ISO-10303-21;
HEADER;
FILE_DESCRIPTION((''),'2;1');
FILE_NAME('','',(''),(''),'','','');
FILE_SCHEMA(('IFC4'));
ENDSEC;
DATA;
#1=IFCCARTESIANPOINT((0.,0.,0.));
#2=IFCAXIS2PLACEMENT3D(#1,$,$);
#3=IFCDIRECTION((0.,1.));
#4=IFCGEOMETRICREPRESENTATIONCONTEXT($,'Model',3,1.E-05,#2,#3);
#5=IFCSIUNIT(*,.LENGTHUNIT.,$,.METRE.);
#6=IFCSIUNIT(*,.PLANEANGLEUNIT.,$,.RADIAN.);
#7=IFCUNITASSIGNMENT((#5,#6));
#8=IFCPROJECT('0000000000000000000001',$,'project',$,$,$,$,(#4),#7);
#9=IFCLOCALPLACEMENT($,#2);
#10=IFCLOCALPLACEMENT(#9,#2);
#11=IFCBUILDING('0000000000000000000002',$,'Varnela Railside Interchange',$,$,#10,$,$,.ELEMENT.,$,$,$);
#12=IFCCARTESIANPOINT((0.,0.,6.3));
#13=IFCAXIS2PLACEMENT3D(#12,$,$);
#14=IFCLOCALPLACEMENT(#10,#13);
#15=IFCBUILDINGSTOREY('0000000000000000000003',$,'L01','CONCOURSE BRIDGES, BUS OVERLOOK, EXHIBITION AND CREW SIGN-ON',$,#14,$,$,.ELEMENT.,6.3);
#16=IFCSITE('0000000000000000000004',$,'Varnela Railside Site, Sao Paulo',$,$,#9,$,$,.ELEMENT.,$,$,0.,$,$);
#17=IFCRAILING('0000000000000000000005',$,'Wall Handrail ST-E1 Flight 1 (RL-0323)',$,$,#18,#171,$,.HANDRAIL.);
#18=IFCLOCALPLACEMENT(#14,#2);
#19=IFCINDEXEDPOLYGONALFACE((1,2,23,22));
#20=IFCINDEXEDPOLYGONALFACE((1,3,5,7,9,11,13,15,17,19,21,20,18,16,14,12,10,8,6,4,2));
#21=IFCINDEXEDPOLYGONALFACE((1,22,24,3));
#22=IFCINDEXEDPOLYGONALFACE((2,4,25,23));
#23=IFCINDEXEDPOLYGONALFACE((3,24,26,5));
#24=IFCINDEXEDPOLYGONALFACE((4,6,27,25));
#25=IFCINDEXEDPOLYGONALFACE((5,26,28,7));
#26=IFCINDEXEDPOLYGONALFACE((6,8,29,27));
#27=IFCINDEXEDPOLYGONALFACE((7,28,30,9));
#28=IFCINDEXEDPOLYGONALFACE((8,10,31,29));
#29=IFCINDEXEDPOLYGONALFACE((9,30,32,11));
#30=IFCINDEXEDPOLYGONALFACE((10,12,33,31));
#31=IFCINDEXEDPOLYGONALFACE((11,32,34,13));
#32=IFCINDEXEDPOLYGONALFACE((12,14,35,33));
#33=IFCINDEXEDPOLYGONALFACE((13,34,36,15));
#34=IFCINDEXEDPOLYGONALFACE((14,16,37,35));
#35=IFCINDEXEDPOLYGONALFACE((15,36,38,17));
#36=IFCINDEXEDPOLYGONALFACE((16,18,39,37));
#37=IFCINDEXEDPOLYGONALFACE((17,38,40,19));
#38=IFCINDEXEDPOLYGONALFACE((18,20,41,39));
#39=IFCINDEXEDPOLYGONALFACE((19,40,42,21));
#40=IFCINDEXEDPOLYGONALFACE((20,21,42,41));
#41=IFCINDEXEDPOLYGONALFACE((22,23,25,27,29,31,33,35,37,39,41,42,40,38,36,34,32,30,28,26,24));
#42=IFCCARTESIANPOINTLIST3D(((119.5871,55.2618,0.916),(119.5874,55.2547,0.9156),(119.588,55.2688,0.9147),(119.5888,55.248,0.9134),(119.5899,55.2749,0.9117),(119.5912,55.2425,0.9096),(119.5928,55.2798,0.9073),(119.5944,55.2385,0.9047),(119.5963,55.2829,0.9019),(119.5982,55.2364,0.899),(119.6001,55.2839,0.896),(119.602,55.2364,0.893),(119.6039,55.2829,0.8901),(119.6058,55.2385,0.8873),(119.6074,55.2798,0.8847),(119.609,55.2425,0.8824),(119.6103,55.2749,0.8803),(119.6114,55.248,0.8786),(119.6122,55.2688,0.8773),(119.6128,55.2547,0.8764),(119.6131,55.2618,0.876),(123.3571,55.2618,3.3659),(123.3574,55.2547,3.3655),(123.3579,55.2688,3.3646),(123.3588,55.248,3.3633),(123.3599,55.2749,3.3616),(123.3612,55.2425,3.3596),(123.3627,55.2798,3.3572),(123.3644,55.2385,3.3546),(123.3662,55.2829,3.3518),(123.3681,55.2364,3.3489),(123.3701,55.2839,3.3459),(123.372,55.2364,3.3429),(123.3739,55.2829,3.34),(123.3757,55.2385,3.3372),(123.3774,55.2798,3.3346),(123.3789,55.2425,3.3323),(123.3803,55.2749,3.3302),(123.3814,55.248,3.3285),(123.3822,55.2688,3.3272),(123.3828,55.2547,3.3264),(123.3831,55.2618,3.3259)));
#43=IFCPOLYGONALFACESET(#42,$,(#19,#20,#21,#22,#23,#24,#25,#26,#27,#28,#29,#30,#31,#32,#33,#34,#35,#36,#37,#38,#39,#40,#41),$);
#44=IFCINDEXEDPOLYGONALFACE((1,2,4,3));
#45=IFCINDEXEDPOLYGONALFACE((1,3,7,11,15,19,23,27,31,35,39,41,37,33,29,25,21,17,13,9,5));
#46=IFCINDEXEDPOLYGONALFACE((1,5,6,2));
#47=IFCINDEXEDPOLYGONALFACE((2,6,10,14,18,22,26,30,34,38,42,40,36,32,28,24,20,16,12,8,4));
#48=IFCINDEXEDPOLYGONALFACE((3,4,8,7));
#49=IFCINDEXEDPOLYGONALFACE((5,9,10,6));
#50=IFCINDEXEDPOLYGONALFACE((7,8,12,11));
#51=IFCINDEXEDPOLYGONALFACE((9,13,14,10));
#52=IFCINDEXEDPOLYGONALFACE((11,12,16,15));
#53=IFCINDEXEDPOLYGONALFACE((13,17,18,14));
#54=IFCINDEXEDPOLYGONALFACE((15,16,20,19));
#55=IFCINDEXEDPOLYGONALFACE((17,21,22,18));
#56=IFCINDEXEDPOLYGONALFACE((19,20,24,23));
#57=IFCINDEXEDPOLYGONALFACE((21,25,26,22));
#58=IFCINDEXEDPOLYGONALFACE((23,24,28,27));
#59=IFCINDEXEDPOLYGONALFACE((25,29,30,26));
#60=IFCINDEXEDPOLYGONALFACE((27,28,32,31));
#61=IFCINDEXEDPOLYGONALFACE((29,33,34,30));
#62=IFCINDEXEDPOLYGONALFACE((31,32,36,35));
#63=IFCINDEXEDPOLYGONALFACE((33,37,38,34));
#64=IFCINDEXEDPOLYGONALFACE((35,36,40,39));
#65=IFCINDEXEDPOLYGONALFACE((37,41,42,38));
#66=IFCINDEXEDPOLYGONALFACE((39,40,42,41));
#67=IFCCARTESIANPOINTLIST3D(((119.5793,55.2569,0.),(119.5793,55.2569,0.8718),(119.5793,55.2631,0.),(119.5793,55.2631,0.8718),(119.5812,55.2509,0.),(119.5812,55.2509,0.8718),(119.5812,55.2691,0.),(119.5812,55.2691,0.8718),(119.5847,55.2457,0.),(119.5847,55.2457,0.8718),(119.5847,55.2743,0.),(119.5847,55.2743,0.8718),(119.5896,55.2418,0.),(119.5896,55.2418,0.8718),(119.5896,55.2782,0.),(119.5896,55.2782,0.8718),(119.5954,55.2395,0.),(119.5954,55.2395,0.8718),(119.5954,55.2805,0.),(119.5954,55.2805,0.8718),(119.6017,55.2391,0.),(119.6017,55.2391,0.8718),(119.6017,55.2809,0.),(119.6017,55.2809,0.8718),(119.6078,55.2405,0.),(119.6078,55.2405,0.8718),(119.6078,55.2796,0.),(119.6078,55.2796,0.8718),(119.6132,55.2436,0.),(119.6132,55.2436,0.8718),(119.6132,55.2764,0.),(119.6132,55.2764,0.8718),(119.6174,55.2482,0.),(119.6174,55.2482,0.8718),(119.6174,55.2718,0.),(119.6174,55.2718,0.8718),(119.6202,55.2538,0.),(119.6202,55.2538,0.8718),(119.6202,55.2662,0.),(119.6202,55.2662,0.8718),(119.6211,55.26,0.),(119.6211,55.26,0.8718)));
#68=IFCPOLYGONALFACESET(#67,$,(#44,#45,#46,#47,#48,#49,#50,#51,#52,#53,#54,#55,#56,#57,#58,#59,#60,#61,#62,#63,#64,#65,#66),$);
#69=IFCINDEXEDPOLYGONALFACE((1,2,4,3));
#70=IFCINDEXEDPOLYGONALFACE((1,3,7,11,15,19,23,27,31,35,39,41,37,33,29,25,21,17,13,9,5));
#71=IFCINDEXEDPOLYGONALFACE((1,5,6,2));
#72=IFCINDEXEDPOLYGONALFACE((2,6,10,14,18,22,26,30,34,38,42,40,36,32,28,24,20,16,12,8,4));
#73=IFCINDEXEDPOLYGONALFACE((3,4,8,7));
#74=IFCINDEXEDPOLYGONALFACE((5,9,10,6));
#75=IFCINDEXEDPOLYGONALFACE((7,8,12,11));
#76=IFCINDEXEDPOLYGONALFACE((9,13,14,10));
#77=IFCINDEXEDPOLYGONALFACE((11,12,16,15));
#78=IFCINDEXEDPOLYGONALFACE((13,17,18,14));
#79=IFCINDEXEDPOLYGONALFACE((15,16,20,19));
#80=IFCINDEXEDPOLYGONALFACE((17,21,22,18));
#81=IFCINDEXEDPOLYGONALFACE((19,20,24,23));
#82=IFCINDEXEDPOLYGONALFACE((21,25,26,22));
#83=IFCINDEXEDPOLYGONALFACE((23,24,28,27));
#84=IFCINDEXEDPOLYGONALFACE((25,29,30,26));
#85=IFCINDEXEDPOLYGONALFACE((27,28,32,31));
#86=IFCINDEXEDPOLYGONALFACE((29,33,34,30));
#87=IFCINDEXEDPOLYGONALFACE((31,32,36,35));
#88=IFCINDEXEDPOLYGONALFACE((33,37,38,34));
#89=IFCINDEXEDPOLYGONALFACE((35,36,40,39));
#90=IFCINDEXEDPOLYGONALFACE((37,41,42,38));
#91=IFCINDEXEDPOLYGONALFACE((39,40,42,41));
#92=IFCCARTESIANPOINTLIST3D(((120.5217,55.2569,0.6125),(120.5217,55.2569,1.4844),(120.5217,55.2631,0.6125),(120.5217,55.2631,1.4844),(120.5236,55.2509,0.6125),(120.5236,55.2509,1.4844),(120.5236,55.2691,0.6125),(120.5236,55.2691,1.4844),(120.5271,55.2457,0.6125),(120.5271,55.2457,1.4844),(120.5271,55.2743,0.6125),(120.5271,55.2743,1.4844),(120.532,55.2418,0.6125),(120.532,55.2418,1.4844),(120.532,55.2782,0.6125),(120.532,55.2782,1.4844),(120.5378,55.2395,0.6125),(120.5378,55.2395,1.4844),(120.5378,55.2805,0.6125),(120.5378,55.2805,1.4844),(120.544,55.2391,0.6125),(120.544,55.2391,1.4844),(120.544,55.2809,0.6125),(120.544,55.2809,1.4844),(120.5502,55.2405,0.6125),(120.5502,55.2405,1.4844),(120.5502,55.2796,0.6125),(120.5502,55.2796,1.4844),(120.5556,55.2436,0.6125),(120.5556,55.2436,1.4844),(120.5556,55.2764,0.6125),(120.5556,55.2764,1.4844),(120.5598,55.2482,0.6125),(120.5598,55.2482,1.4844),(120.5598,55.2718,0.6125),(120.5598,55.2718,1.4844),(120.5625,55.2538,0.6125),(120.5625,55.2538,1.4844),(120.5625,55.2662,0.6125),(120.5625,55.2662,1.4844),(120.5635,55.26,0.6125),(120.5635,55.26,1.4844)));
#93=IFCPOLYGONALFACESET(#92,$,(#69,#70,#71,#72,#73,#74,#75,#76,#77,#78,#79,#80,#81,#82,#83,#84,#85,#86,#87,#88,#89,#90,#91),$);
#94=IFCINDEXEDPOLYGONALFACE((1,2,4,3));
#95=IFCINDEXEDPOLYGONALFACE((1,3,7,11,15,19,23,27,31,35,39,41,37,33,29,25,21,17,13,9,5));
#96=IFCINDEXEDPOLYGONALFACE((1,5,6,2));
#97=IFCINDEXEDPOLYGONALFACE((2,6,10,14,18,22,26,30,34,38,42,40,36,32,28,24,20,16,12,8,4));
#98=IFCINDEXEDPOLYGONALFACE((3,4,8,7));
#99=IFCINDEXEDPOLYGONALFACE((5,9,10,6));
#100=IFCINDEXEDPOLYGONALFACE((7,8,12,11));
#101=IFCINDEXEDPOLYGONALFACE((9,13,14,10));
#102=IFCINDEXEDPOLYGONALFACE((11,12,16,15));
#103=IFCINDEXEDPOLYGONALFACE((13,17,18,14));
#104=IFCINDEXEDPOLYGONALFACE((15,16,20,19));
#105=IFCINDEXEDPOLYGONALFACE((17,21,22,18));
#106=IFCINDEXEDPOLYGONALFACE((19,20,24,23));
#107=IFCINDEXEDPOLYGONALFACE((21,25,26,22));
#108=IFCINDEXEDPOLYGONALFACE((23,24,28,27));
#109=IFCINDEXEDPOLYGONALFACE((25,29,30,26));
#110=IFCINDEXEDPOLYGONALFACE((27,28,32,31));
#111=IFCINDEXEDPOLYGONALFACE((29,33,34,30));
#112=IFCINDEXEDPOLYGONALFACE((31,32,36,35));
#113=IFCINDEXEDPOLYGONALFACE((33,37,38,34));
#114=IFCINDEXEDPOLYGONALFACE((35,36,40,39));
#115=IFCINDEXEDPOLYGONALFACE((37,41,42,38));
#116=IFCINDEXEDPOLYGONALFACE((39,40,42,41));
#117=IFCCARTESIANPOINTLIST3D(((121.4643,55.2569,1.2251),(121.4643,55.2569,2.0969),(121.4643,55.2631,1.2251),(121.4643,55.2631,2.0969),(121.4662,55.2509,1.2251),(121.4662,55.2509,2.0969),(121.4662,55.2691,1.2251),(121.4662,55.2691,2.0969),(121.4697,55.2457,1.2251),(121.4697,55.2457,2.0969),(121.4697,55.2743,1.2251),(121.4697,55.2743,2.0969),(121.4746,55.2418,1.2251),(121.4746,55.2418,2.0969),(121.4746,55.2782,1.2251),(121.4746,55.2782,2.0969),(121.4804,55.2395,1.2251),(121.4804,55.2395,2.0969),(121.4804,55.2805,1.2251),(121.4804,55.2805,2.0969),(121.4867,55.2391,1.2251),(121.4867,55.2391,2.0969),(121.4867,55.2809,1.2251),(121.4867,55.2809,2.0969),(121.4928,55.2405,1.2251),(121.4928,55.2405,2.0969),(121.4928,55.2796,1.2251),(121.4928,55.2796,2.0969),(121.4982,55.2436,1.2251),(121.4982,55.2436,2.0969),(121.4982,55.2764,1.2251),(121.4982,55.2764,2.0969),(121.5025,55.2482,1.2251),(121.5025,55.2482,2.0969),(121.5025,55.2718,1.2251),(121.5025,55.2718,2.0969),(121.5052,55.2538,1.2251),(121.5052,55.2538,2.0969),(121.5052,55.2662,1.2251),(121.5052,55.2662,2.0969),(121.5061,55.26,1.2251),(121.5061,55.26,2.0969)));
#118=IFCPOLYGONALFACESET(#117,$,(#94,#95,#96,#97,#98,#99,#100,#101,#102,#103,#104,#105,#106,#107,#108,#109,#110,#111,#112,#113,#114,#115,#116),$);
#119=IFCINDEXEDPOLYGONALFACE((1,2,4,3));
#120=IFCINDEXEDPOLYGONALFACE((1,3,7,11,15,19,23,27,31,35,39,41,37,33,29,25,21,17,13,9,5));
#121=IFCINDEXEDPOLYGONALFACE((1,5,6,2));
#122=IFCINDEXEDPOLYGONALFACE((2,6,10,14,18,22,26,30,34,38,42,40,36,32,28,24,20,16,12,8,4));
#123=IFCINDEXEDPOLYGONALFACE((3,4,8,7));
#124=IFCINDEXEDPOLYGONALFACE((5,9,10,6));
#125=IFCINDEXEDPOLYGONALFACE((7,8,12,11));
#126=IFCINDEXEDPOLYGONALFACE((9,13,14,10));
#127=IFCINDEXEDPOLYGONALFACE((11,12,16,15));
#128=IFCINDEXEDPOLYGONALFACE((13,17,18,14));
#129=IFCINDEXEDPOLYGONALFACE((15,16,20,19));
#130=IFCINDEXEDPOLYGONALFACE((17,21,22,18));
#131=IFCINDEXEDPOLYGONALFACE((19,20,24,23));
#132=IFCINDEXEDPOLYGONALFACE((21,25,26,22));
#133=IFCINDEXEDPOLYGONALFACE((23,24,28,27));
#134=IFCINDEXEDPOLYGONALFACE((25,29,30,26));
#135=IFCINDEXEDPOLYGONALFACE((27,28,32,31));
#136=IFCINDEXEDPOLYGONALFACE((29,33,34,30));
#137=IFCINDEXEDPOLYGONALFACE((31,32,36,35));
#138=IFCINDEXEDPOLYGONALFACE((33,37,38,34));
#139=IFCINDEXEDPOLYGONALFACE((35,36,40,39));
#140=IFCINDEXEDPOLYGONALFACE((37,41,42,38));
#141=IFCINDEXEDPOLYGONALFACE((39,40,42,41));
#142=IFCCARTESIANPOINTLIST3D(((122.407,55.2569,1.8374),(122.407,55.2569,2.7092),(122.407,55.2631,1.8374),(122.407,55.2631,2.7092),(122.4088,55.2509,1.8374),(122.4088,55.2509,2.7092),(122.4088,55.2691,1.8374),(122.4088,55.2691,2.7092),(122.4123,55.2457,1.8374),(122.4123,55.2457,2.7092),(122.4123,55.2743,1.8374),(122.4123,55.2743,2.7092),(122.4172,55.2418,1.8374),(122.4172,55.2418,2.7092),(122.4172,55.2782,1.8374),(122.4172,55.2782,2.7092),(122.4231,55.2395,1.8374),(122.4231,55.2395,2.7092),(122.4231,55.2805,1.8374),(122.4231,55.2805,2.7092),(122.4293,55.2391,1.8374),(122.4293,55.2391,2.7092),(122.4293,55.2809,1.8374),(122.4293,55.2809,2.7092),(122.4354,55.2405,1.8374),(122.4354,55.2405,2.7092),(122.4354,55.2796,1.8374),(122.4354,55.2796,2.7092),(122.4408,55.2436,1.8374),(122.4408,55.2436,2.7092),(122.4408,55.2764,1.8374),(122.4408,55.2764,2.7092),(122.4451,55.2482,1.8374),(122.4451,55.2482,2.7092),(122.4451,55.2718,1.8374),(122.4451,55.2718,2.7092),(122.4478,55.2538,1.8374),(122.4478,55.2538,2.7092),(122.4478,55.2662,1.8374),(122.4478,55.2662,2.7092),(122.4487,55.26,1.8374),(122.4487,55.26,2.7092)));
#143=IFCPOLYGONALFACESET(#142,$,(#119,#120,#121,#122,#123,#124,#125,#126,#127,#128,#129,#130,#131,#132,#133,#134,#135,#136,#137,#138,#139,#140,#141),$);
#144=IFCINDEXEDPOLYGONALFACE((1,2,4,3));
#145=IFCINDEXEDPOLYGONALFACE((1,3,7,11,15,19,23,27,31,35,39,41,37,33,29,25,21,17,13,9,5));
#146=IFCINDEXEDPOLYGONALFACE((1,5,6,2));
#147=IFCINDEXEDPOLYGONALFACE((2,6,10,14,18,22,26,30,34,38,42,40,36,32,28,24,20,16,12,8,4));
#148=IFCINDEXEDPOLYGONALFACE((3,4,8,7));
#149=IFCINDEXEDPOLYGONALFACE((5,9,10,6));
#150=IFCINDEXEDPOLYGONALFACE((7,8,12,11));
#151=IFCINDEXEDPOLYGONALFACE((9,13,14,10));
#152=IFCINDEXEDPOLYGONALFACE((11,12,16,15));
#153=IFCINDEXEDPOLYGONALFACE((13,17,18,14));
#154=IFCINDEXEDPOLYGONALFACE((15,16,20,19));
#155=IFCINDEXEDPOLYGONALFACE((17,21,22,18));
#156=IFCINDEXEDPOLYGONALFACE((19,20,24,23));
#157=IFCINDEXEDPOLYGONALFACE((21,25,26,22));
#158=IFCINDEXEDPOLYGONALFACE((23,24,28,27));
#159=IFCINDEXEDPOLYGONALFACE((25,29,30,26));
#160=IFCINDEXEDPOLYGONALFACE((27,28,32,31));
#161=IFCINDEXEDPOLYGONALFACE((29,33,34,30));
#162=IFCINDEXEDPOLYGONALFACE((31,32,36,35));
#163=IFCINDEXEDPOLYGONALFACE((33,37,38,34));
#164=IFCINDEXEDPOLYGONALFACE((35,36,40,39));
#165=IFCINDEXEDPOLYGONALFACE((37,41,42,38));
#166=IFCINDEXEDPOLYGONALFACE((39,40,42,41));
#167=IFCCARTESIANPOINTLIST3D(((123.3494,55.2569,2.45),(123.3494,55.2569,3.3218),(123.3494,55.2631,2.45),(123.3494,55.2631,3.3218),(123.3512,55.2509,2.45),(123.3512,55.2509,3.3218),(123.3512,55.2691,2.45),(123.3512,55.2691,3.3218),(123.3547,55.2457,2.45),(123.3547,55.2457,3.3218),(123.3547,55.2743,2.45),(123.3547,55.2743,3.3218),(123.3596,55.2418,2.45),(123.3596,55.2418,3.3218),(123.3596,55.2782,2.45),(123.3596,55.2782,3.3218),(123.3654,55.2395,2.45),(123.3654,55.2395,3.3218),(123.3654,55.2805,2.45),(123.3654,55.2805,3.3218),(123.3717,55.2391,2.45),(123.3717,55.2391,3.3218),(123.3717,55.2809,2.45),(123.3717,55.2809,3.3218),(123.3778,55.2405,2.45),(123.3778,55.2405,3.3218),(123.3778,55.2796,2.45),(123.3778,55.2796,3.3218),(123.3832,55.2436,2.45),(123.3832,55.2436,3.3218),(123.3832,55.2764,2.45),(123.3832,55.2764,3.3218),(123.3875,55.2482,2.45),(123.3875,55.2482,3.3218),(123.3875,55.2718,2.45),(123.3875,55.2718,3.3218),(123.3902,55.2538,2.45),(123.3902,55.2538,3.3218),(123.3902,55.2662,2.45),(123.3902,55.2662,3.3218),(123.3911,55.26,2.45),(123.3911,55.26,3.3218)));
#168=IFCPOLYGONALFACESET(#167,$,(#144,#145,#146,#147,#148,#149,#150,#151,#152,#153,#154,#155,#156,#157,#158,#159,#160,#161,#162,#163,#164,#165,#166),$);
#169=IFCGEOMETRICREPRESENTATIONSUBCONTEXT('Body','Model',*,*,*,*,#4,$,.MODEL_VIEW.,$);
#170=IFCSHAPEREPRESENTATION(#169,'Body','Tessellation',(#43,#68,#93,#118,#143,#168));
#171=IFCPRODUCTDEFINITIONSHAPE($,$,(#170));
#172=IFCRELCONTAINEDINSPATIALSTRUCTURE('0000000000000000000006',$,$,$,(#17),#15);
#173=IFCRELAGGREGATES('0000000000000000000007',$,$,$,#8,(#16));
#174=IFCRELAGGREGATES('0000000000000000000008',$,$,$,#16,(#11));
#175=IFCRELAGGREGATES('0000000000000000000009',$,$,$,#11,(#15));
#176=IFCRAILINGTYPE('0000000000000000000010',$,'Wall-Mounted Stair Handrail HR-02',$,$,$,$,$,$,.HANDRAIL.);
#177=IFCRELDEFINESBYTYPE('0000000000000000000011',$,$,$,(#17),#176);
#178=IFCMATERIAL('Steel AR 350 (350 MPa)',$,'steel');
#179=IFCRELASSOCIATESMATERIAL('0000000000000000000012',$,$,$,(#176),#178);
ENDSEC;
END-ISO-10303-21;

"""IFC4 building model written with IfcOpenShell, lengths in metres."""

from ifc_helpers import new_model, si_unit, direction, frame, origin, origin_2d, place, context, subcontext, project, spatial, circle, extrude, material, type_object, element, save


model = new_model("IFC4")

# Units and contexts
model_context = context("Model", 3, precision=1e-05, world=origin(), true_north=direction((0.0, 1.0)))
body_context = subcontext(model_context, "Body", "Model", "MODEL_VIEW")
ifc_project = project(units=[si_unit("LENGTHUNIT", "METRE"), si_unit("PLANEANGLEUNIT", "RADIAN")], contexts=[model_context])

# Site, building, storey
site_placement = place(None, origin())
site = spatial("IfcSite", under=ifc_project, at=site_placement, Name="Varnela Railside Site, Sao Paulo", CompositionType="ELEMENT", RefElevation=0.0)
building_placement = place(site_placement, origin())
building = spatial("IfcBuilding", under=site, at=building_placement, Name="Varnela Railside Interchange", CompositionType="ELEMENT")
storey_placement = place(building_placement, frame((0.0, 0.0, 6.3)))
storey = spatial("IfcBuildingStorey", under=building, at=storey_placement, Name="L01", Description="CONCOURSE BRIDGES, BUS OVERLOOK, EXHIBITION AND CREW SIGN-ON", CompositionType="ELEMENT", Elevation=6.3)

# Shared definitions
ifc_material_1 = material(Name="Steel AR 350 (350 MPa)", Category="steel")

# Railing
railing_type_1 = type_object("IfcRailingType", Name="Wall-Mounted Stair Handrail HR-02", PredefinedType="HANDRAIL", material=ifc_material_1)
railing_1_placement = place(storey_placement, frame((119.6001, 55.26, 0.0)))
element("IfcRailing", 1, at=railing_1_placement, inside=storey, type_object=railing_type_1, Name="Wall Handrail ST-E1 Flight 1 (RL-0323)", PredefinedType="HANDRAIL", context=body_context, shape_type="SweptSolid", body=[
    extrude(circle(Radius=0.0239, at=origin_2d()), frame((0.0, 0.0, 0.896), z_axis=(0.838501, 0.0, 0.544901), x_axis=(0.0, 1.0, 0.0)), (0.0, 0.0, 1.0), 4.4961),
    extrude(circle(Radius=0.021, at=origin_2d()), origin(), (0.0, 0.0, 1.0), 0.8718),
    extrude(circle(Radius=0.021, at=origin_2d()), frame((0.9424, 0.0, 0.6125)), (0.0, 0.0, 1.0), 0.8718),
    extrude(circle(Radius=0.021, at=origin_2d()), frame((1.885, 0.0, 1.2251)), (0.0, 0.0, 1.0), 0.8718),
    extrude(circle(Radius=0.021, at=origin_2d()), frame((2.8276, 0.0, 1.8374)), (0.0, 0.0, 1.0), 0.8718),
    extrude(circle(Radius=0.021, at=origin_2d()), frame((3.77, 0.0, 2.45)), (0.0, 0.0, 1.0), 0.8718),
])

save(model, "model.ifc")
